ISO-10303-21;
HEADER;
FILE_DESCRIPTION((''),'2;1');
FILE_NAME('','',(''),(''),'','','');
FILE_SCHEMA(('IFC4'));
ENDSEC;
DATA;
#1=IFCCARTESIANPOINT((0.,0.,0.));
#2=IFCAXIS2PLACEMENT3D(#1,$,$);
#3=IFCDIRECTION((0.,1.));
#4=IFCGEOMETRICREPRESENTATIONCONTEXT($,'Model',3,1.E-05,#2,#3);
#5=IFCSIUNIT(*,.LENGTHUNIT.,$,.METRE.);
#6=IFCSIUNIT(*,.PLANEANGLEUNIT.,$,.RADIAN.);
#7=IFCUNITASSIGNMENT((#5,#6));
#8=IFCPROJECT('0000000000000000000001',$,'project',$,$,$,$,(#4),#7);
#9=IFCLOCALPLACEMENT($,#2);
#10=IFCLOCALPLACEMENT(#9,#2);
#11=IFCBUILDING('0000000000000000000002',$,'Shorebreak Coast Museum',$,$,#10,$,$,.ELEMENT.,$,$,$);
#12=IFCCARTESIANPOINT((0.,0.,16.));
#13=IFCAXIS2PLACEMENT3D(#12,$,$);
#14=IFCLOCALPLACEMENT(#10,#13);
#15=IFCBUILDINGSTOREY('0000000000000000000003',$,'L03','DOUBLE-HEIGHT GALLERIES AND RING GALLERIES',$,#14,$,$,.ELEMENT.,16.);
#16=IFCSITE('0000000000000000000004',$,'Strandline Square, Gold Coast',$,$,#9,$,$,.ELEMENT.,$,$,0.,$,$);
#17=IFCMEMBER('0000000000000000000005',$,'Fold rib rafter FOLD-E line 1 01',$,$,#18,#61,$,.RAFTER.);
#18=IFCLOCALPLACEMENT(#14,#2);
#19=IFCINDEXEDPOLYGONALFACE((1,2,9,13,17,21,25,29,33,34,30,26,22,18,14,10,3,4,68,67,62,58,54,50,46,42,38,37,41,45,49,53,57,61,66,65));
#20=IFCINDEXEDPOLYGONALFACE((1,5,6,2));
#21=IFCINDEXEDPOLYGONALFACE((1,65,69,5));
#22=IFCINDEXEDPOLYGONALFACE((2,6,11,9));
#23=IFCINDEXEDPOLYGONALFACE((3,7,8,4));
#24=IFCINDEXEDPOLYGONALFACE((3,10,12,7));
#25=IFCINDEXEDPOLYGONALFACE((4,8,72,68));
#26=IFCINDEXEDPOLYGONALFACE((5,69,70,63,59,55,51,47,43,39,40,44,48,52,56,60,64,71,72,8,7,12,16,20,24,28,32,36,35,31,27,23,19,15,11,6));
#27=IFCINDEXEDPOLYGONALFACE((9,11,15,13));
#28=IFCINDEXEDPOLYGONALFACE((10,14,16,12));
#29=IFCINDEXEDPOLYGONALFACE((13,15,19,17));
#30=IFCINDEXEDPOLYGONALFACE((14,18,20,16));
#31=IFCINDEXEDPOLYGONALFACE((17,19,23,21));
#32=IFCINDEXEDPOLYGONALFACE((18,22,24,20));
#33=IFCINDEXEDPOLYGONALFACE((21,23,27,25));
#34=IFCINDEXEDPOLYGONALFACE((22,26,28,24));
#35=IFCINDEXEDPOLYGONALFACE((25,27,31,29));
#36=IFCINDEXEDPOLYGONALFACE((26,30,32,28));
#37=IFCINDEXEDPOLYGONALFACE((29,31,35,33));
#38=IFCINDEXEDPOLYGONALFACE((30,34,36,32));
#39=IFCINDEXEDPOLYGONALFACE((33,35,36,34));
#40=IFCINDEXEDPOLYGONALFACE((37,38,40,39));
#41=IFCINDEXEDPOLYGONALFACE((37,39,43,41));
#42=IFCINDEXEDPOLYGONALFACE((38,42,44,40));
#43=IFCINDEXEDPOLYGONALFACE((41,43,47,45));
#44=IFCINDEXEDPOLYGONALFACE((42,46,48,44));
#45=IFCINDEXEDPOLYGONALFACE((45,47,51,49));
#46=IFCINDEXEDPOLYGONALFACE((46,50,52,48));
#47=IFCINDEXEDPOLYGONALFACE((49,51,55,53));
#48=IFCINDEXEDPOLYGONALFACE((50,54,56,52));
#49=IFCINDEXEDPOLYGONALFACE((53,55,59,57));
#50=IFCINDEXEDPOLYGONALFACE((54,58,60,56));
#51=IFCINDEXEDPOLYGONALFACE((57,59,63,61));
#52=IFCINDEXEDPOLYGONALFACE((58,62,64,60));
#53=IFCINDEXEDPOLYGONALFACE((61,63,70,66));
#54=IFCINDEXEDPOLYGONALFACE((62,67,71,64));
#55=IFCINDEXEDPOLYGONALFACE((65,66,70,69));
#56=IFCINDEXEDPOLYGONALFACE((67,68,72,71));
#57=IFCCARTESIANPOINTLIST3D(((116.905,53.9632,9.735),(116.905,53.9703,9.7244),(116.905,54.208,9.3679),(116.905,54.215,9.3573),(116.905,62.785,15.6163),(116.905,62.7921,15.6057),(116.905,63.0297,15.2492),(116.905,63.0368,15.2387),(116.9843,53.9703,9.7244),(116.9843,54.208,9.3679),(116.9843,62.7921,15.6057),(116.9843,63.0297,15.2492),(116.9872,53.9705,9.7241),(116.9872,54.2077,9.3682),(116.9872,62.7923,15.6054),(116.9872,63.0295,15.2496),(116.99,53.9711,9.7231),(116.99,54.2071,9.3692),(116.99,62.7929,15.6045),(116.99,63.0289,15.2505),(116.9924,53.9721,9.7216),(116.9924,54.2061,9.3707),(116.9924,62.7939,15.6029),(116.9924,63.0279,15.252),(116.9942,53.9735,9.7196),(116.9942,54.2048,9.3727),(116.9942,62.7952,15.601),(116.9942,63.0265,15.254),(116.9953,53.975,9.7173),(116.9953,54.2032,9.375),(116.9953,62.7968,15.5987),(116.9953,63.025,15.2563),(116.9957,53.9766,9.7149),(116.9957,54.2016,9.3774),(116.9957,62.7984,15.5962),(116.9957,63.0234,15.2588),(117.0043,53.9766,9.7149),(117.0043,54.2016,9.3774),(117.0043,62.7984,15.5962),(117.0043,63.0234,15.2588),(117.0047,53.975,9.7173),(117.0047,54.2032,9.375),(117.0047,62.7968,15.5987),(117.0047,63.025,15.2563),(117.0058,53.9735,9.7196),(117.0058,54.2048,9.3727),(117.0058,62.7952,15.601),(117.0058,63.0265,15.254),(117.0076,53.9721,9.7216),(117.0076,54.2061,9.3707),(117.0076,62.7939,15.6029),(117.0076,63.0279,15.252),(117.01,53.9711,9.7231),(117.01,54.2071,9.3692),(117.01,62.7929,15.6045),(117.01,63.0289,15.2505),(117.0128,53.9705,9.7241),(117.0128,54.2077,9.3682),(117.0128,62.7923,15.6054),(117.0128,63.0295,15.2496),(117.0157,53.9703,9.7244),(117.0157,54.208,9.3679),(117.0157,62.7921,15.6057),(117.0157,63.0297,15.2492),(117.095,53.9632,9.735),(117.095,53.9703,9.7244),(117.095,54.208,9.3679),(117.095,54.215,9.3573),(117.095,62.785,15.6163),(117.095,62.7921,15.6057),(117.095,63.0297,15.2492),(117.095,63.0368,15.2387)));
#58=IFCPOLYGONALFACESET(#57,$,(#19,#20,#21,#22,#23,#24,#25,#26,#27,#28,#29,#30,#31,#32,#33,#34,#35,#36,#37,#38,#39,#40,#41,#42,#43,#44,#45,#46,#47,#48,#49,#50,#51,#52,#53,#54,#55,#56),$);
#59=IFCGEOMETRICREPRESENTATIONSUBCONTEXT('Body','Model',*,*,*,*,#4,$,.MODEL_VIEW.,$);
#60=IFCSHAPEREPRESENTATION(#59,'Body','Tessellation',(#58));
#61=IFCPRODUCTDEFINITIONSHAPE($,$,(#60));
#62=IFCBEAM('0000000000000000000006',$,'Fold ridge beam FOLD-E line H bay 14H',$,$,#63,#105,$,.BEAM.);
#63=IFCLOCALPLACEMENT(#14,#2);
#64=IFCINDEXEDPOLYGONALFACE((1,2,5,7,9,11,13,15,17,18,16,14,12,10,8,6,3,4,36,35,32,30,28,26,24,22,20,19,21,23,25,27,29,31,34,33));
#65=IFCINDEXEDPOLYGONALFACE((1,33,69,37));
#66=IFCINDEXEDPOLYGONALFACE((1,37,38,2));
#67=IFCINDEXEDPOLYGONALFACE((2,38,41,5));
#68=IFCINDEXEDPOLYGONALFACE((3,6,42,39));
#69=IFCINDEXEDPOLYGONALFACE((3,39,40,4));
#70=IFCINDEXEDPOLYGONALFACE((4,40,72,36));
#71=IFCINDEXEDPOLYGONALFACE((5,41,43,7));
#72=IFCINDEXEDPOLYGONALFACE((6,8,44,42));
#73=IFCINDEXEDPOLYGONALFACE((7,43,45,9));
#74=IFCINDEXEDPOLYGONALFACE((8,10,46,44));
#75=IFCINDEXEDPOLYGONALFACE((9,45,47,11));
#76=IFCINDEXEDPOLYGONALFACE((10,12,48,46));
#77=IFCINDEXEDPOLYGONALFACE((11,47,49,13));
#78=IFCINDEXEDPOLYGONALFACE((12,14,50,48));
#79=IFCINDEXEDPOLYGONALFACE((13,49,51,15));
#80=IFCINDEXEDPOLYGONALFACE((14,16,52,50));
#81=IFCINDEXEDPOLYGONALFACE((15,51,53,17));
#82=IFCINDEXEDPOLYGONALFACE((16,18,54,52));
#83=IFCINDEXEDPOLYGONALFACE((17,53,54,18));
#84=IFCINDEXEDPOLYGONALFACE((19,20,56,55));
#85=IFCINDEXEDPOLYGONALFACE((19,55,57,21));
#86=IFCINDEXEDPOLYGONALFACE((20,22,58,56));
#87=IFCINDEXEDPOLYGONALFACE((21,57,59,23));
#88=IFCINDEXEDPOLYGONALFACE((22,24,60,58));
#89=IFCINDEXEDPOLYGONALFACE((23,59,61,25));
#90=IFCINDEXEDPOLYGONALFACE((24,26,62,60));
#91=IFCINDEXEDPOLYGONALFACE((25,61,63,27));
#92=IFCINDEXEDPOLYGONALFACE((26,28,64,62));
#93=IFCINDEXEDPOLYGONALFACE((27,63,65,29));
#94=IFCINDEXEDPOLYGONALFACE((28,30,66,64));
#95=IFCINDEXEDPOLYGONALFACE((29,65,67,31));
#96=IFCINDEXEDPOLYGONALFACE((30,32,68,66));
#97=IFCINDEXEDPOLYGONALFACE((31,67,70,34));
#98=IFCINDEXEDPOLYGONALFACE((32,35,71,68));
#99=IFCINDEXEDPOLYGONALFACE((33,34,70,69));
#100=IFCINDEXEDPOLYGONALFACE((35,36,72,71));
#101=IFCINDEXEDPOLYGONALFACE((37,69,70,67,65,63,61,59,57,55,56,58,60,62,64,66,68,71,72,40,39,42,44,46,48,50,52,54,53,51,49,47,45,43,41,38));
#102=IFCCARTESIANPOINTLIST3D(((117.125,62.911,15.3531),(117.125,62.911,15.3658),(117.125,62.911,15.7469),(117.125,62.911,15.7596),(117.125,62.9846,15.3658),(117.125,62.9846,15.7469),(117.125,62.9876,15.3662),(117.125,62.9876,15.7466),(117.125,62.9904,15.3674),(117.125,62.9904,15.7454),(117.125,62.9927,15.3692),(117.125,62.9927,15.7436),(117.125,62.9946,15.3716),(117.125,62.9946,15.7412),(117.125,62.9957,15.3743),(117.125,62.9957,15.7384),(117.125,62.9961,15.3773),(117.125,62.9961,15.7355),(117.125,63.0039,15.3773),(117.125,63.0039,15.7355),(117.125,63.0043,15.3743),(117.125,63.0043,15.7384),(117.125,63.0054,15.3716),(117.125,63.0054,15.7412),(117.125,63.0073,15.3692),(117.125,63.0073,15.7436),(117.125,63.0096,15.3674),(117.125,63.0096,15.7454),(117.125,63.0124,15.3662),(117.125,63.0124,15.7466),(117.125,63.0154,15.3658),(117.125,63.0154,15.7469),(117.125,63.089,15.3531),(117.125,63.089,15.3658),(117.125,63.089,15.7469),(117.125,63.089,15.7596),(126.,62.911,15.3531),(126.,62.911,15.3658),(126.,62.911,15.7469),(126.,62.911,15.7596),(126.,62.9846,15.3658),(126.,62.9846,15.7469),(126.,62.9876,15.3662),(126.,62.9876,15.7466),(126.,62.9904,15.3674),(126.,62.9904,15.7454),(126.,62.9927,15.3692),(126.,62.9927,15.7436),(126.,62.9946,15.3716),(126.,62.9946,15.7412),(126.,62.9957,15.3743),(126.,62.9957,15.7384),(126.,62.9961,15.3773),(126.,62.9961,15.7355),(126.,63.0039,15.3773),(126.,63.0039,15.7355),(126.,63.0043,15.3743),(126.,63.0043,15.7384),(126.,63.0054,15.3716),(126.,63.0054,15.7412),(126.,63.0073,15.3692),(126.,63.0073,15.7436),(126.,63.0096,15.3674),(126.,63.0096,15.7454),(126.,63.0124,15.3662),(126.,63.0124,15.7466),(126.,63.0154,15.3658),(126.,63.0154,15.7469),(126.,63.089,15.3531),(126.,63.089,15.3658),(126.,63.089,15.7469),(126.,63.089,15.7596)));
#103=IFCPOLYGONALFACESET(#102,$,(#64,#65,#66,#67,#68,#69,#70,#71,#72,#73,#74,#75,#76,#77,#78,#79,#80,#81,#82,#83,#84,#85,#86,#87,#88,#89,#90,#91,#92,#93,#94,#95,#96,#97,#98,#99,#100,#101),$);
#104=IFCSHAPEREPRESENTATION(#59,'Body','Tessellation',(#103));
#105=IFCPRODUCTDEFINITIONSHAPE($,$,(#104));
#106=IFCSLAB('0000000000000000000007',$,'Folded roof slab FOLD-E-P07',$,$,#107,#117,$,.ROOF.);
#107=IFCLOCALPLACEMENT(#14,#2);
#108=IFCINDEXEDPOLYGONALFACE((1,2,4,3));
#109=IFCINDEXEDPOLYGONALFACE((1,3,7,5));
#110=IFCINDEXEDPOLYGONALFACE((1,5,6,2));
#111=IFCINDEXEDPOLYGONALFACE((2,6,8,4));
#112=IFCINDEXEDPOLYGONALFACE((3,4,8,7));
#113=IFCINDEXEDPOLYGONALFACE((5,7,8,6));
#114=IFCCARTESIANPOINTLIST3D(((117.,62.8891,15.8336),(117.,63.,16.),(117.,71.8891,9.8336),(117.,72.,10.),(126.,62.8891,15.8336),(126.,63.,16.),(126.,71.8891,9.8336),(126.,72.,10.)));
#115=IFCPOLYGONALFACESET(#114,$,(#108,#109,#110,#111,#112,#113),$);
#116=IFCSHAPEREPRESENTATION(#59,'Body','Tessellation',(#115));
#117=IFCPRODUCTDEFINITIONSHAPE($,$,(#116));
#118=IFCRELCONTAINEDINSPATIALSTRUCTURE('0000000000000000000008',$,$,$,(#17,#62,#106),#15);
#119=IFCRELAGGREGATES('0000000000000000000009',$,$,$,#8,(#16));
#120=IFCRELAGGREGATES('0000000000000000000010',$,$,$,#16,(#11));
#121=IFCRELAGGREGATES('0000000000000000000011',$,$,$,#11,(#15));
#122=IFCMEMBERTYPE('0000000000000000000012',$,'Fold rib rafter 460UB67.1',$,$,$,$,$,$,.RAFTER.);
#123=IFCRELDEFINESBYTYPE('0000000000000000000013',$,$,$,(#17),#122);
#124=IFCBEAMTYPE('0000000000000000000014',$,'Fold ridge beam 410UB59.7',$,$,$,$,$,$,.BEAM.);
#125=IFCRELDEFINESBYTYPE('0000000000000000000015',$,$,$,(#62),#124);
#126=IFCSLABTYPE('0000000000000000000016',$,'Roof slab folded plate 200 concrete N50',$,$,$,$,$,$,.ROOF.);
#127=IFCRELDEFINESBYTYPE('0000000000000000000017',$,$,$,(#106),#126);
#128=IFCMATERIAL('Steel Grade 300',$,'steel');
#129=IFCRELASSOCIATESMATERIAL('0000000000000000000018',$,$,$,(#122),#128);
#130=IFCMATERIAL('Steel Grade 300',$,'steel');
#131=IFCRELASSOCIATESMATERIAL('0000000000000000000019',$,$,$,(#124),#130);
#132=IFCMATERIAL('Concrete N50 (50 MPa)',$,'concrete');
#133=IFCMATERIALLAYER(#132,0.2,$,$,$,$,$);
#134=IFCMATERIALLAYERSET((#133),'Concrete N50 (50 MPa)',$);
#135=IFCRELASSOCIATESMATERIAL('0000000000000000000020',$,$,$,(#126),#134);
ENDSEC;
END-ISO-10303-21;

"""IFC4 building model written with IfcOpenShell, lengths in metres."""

from ifc_helpers import new_model, si_unit, direction, frame, origin, origin_2d, place, context, subcontext, project, spatial, polyline, i_section, outline, extrude, material, layer, layer_set, material_profile, profile_set, type_object, element, save


model = new_model("IFC4")

# Units and contexts
model_context = context("Model", 3, precision=1e-05, world=origin(), true_north=direction((0.0, 1.0)))
body_context = subcontext(model_context, "Body", "Model", "MODEL_VIEW")
ifc_project = project(units=[si_unit("LENGTHUNIT", "METRE"), si_unit("PLANEANGLEUNIT", "RADIAN")], contexts=[model_context])

# Site, building, storey
site_placement = place(None, origin())
site = spatial("IfcSite", under=ifc_project, at=site_placement, Name="Strandline Square, Gold Coast", CompositionType="ELEMENT", RefElevation=0.0)
building_placement = place(site_placement, origin())
building = spatial("IfcBuilding", under=site, at=building_placement, Name="Shorebreak Coast Museum", CompositionType="ELEMENT")
storey_placement = place(building_placement, frame((0.0, 0.0, 16.0)))
storey = spatial("IfcBuildingStorey", under=building, at=storey_placement, Name="L03", Description="DOUBLE-HEIGHT GALLERIES AND RING GALLERIES", CompositionType="ELEMENT", Elevation=16.0)

# Member
ifc_material_1 = material(Name="Steel Grade 300", Category="steel")
ifc_material_profile_1 = material_profile(ifc_material_1, i_section(OverallWidth=0.1899, OverallDepth=0.4539, WebThickness=0.0085, FlangeThickness=0.0127, FilletRadius=0.0115, at=origin_2d()), Name="460UB67.1")
ifc_profile_set_1 = profile_set([ifc_material_profile_1], Name="Steel Grade 300")
member_type = type_object("IfcMemberType", Name="Fold rib rafter 460UB67.1", PredefinedType="RAFTER", material=ifc_profile_set_1)
member_placement = place(storey_placement, frame((117.0, 62.9109, 15.4275), z_axis=(0.0, -0.832043, -0.554711), x_axis=(1.0, 0.0, 0.0)))
element("IfcMember", 1, at=member_placement, inside=storey, type_object=member_type, Name="Fold rib rafter FOLD-E line 1 01", PredefinedType="RAFTER", context=body_context, shape_type="SweptSolid", body=[
    extrude(i_section(OverallWidth=0.1899, OverallDepth=0.4539, WebThickness=0.0085, FlangeThickness=0.0127, FilletRadius=0.0115, at=origin_2d()), origin(), (0.0, 0.0, 1.0), 10.6025),
])

# Beam
ifc_material_2 = material(Name="Steel Grade 300", Category="steel")
ifc_material_profile_2 = material_profile(ifc_material_2, i_section(OverallWidth=0.178, OverallDepth=0.4065, WebThickness=0.0078, FlangeThickness=0.0127, FilletRadius=0.0115, at=origin_2d()), Name="410UB59.7")
ifc_profile_set_2 = profile_set([ifc_material_profile_2], Name="Steel Grade 300")
beam_type = type_object("IfcBeamType", Name="Fold ridge beam 410UB59.7", PredefinedType="BEAM", material=ifc_profile_set_2)
beam_placement = place(storey_placement, frame((117.125, 63.0, 15.5564), z_axis=(1.0, 0.0, 0.0), x_axis=(0.0, 1.0, 0.0)))
element("IfcBeam", 2, at=beam_placement, inside=storey, type_object=beam_type, Name="Fold ridge beam FOLD-E line H bay 14H", PredefinedType="BEAM", context=body_context, shape_type="SweptSolid", body=[
    extrude(i_section(OverallWidth=0.178, OverallDepth=0.4065, WebThickness=0.0078, FlangeThickness=0.0127, FilletRadius=0.0115, at=origin_2d()), origin(), (0.0, 0.0, 1.0), 8.875),
])

# Slab
ifc_material_3 = material(Name="Concrete N50 (50 MPa)", Category="concrete")
ifc_layer_1 = layer(ifc_material_3, 0.2)
ifc_layer_set_1 = layer_set([ifc_layer_1], Name="Concrete N50 (50 MPa)")
slab_type = type_object("IfcSlabType", Name="Roof slab folded plate 200 concrete N50", PredefinedType="ROOF", material=ifc_layer_set_1)
slab_placement = place(storey_placement, frame((117.0, 63.0, 16.0), z_axis=(0.0, 0.5547, 0.83205), x_axis=(1.0, 0.0, 0.0)))
element("IfcSlab", 3, at=slab_placement, inside=storey, type_object=slab_type, Name="Folded roof slab FOLD-E-P07", PredefinedType="ROOF", context=body_context, shape_type="SweptSolid", body=[
    extrude(outline(polyline([(0.0, 0.0), (9.0, 0.0), (9.0, 10.8167), (0.0, 10.8167), (0.0, 0.0)])), origin(), (0.0, 0.0, -1.0), 0.2),
])

save(model, "model.ifc")
